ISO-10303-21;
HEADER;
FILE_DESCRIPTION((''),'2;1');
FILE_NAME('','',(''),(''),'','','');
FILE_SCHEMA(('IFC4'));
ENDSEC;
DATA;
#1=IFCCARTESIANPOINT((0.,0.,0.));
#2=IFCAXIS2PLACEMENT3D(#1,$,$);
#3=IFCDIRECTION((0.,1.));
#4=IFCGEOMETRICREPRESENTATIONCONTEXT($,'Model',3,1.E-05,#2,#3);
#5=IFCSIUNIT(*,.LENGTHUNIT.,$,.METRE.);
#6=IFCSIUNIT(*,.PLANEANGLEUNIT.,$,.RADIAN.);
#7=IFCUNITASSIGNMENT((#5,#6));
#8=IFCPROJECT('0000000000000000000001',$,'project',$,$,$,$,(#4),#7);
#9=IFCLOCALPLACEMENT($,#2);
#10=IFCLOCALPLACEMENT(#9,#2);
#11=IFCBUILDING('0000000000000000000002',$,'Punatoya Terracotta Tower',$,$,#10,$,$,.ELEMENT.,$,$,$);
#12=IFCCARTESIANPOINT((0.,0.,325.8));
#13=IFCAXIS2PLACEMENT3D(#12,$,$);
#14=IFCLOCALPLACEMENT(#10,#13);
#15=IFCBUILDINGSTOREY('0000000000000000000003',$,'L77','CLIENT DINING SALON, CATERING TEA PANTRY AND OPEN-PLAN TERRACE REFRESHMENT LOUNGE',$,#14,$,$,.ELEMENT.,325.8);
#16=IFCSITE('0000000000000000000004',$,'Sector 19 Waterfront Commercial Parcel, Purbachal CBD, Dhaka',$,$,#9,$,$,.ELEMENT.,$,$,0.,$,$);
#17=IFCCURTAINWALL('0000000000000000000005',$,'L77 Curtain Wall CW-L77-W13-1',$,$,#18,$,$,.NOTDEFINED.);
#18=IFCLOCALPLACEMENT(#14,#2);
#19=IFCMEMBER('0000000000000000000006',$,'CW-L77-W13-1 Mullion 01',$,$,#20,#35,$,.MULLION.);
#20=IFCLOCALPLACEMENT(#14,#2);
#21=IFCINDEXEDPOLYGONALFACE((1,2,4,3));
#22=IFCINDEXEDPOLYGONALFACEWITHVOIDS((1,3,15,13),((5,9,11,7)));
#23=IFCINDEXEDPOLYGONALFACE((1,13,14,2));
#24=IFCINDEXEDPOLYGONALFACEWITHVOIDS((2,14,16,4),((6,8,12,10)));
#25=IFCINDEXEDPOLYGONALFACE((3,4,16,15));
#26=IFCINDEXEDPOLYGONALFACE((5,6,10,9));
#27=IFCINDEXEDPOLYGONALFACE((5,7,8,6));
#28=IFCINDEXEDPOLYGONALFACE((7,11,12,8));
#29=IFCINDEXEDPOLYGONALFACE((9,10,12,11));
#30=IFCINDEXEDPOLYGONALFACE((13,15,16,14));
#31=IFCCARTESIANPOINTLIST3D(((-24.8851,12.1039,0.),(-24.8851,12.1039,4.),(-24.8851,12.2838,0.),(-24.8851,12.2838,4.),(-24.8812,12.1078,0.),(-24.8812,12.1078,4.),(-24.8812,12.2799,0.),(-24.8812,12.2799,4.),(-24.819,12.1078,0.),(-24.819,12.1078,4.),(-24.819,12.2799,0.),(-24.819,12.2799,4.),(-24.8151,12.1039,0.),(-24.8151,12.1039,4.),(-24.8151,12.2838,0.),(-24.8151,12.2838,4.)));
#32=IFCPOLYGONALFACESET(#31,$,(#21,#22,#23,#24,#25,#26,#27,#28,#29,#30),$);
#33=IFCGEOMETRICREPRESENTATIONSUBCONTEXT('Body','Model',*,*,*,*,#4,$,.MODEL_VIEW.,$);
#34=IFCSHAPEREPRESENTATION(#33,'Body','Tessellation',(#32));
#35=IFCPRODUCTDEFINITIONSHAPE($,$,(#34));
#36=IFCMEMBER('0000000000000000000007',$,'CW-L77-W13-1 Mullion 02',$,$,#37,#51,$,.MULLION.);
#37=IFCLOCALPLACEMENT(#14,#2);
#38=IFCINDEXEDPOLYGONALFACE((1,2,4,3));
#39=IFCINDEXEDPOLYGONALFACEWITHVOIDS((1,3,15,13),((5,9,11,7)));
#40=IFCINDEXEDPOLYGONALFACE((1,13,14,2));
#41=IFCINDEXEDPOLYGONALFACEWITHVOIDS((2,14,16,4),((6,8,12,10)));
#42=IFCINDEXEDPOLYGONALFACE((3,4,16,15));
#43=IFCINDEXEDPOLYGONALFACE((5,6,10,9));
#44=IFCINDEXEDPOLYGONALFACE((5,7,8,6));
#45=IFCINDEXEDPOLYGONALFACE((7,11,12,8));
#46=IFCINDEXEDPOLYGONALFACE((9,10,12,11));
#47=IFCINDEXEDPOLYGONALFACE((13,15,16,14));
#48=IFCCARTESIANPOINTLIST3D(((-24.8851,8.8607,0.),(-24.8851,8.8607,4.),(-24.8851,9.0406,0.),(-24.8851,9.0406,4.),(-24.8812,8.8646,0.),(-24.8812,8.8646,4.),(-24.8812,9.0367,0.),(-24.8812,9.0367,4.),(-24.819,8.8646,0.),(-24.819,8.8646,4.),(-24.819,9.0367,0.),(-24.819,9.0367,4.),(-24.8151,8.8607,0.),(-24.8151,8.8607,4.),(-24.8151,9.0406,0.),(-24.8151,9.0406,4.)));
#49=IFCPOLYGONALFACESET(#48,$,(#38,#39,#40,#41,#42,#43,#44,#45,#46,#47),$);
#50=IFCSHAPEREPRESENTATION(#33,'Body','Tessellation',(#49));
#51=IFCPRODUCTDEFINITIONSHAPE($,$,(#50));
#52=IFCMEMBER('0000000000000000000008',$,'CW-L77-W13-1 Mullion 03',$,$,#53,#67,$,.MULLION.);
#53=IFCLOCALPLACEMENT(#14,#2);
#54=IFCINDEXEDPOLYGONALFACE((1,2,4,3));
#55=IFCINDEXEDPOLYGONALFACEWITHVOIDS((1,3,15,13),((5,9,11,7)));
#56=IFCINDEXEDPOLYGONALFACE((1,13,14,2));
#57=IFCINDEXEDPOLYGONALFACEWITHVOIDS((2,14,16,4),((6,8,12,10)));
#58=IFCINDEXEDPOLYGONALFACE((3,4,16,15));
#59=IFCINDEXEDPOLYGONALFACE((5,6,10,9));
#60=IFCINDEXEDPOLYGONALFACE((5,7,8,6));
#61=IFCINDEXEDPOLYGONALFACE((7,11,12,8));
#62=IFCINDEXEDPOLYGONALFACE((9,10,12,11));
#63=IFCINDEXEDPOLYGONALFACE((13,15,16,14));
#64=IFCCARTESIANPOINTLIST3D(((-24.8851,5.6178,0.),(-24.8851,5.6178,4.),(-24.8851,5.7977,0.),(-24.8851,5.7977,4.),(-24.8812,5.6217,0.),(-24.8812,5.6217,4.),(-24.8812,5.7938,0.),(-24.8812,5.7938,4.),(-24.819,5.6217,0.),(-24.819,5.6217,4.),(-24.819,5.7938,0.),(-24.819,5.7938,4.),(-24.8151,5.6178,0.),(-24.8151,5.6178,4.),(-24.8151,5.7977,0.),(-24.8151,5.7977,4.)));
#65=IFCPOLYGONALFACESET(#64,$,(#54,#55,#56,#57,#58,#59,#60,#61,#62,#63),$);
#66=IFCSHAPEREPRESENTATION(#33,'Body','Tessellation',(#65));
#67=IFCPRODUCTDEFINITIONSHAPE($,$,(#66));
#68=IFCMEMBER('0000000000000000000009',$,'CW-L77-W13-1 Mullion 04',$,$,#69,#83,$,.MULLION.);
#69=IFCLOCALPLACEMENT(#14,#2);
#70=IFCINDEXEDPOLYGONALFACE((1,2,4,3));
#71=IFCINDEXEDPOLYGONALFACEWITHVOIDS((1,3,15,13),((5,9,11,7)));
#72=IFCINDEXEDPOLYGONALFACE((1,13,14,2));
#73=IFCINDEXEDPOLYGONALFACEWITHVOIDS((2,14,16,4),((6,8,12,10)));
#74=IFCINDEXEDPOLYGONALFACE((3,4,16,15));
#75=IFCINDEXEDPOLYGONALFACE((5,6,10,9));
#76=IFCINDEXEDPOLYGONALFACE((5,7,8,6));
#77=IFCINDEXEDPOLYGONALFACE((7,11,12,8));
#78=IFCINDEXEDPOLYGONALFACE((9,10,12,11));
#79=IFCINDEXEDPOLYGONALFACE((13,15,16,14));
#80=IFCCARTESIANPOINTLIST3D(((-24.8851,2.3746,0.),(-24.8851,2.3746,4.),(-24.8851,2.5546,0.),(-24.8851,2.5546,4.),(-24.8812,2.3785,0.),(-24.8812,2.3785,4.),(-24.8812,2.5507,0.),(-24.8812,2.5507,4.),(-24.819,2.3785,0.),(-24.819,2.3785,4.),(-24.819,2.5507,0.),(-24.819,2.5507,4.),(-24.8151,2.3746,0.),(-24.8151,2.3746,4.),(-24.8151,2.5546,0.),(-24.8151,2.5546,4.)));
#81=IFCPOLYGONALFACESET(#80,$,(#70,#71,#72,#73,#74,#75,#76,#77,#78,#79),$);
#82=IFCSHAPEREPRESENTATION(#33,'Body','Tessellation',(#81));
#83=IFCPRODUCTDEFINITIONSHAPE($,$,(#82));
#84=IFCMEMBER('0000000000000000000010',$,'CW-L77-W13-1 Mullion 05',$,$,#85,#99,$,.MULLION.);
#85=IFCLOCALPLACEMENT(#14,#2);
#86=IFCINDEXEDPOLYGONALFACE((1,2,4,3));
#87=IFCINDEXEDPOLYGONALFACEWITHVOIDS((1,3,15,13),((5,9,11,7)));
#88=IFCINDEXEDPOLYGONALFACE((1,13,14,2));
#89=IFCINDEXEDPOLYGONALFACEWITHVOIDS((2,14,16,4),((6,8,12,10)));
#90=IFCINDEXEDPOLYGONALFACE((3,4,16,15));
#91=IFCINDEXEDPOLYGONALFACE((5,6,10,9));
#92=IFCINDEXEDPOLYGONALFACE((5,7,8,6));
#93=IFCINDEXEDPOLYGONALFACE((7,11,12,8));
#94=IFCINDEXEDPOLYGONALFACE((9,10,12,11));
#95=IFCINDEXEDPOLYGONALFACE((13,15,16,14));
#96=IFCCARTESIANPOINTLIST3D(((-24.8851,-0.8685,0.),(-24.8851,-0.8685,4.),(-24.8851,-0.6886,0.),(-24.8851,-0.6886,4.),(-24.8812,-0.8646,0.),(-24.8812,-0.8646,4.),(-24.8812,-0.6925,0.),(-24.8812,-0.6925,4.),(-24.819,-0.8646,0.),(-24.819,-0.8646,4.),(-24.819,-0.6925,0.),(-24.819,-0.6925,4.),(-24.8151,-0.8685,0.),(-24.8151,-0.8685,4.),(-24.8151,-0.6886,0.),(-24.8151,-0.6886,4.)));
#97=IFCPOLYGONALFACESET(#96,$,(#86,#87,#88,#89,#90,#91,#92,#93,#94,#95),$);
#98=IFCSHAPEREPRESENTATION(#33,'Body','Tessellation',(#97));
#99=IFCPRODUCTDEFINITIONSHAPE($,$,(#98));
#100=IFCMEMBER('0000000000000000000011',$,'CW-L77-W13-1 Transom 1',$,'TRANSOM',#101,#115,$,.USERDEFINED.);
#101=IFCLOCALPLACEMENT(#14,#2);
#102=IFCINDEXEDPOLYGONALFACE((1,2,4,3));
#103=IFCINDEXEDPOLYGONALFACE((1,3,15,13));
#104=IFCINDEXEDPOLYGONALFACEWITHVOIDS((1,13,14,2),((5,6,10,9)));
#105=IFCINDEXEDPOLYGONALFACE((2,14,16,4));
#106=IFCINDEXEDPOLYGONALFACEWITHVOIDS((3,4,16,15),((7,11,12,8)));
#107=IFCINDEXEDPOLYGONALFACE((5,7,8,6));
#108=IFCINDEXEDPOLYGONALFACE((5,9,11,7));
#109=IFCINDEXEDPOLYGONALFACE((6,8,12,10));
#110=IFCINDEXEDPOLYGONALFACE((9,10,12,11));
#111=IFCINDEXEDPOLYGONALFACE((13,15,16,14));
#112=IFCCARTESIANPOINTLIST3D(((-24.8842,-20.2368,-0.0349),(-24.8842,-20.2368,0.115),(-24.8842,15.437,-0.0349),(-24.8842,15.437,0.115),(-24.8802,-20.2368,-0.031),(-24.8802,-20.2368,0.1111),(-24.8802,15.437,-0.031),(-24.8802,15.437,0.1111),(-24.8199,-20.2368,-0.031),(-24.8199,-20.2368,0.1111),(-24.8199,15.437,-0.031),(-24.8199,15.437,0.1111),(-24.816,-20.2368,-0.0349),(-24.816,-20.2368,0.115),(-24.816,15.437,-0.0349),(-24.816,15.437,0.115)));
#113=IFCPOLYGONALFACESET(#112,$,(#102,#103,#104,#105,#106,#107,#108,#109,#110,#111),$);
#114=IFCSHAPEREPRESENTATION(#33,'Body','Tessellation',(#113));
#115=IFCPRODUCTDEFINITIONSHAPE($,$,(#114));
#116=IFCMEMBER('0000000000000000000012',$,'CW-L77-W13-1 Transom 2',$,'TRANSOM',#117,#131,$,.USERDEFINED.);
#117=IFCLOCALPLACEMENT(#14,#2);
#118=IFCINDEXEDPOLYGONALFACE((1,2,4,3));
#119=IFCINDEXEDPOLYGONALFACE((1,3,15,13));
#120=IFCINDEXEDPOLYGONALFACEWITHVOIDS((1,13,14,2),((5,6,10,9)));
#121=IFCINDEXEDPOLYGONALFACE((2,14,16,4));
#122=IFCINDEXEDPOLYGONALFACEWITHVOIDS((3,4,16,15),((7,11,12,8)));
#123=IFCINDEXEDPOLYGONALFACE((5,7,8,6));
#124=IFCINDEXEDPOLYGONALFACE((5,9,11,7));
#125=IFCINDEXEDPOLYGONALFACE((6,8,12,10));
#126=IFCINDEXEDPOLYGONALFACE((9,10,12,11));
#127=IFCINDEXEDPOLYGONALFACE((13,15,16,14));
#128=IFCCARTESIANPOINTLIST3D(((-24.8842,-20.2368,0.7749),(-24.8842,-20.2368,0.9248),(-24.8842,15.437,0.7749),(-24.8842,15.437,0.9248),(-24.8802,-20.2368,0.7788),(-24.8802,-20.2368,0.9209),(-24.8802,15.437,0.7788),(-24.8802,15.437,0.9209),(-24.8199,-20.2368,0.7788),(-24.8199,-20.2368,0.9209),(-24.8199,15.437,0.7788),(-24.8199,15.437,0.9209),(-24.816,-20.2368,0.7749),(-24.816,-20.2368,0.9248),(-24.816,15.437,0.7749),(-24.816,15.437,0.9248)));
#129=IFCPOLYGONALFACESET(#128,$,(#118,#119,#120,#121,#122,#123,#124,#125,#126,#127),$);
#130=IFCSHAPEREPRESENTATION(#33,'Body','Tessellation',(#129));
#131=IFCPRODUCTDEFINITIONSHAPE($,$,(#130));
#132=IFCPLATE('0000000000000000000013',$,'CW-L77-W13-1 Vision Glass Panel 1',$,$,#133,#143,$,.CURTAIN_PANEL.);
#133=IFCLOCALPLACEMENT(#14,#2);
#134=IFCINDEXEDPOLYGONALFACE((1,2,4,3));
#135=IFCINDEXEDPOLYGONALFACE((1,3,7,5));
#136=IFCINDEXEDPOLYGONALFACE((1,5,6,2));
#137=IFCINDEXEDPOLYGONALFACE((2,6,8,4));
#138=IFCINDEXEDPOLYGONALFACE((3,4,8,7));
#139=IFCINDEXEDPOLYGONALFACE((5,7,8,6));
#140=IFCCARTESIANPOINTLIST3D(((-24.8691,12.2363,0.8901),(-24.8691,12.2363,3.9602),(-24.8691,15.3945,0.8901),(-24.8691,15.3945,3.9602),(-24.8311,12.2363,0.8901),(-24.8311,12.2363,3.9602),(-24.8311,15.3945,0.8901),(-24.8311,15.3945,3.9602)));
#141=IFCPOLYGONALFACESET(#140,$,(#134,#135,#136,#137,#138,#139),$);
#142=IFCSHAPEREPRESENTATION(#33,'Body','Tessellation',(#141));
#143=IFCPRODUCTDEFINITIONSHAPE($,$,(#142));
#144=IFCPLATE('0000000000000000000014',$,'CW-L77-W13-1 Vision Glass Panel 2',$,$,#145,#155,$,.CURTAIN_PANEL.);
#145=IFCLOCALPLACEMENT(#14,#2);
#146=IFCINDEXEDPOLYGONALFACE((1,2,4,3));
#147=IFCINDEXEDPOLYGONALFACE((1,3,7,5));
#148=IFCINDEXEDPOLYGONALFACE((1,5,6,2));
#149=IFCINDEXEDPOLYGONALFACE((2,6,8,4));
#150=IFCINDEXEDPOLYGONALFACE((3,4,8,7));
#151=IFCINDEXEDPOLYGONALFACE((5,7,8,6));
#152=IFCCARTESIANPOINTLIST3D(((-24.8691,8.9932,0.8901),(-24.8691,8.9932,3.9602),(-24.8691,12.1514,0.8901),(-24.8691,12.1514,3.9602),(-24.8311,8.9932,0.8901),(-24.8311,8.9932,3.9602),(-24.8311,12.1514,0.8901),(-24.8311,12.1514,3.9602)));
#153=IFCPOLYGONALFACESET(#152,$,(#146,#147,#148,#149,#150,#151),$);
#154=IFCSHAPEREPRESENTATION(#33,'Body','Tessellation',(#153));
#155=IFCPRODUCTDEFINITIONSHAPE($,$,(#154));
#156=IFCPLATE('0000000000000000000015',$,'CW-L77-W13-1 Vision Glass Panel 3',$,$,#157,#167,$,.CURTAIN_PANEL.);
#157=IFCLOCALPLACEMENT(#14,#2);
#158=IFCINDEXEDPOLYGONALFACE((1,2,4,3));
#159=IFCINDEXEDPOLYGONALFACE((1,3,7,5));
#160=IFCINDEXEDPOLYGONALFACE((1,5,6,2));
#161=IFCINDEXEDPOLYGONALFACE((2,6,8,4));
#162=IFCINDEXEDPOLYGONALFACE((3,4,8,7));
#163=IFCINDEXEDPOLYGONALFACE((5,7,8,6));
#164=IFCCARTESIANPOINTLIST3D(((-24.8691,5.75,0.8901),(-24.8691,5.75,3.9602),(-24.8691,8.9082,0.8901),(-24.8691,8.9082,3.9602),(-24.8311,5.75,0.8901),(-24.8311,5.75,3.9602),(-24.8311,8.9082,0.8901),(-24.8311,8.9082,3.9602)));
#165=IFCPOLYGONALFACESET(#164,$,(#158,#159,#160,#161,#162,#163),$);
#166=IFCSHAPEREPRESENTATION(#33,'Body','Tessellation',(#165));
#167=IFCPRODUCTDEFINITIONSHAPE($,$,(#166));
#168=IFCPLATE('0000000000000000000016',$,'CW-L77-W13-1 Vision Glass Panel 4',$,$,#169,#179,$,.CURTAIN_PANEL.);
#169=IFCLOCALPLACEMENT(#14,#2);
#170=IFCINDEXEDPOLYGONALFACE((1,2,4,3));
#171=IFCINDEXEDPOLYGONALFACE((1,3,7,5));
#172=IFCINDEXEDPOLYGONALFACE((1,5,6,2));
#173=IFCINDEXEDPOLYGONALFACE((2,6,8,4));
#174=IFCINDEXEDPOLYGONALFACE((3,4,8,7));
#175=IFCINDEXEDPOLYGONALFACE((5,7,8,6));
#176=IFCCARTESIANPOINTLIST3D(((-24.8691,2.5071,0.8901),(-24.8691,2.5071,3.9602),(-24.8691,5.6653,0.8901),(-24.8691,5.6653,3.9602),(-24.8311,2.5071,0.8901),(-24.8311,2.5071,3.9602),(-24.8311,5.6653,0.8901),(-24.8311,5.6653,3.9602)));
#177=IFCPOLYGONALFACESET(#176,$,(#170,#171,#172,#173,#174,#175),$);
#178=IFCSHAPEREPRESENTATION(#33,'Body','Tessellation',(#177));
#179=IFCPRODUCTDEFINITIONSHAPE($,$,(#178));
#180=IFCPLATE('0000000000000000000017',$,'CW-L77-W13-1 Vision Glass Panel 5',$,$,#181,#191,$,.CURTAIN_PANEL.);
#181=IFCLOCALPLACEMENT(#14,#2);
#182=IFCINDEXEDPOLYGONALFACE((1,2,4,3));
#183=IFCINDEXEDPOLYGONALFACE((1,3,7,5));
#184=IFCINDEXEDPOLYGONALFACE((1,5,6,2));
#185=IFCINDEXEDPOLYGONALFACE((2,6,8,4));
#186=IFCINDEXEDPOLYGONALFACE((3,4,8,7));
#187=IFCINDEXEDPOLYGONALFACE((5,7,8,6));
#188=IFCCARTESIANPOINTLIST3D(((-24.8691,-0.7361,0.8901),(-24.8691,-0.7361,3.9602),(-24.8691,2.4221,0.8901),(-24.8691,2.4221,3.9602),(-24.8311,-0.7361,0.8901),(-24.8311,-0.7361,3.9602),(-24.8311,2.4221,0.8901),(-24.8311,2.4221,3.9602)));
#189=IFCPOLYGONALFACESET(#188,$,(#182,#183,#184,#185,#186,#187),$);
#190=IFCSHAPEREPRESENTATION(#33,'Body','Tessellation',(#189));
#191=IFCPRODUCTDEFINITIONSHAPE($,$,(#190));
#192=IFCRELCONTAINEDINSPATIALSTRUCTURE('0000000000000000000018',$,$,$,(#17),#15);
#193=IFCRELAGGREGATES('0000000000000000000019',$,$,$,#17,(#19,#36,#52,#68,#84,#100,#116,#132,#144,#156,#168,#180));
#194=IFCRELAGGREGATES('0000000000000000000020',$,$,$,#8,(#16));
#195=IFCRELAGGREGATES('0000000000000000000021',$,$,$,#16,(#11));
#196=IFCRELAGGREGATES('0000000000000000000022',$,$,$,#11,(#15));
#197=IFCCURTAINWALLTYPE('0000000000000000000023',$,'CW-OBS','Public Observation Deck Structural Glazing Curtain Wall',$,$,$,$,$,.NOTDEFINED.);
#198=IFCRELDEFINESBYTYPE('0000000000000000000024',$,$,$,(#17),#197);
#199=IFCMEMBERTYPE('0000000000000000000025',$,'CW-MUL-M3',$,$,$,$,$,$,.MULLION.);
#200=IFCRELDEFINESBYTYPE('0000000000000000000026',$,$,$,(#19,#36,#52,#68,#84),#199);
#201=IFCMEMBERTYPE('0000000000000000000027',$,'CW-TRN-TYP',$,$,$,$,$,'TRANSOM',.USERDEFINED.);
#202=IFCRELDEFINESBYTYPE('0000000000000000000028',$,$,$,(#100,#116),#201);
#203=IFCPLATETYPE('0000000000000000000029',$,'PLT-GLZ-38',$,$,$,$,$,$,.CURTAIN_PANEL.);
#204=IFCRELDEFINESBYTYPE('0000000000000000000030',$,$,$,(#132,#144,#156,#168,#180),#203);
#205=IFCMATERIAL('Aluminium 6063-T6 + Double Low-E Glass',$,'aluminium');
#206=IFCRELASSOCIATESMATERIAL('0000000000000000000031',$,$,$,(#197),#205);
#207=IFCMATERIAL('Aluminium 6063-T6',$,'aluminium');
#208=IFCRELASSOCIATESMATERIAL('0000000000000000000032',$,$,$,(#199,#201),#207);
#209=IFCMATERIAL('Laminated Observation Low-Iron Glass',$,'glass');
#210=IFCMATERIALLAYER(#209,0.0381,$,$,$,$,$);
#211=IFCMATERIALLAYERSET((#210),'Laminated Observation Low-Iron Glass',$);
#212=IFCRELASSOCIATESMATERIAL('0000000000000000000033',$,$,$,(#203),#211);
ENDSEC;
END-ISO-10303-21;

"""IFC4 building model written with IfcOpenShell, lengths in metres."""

from ifc_helpers import new_model, si_unit, direction, frame, origin, origin_2d, place, context, subcontext, project, spatial, rectangle, hollow_rectangle, extrude, material, layer, layer_set, material_profile, profile_set, type_object, element, aggregate, save


model = new_model("IFC4")

# Units and contexts
model_context = context("Model", 3, precision=1e-05, world=origin(), true_north=direction((0.0, 1.0)))
body_context = subcontext(model_context, "Body", "Model", "MODEL_VIEW")
ifc_project = project(units=[si_unit("LENGTHUNIT", "METRE"), si_unit("PLANEANGLEUNIT", "RADIAN")], contexts=[model_context])

# Site, building, storey
site_placement = place(None, origin())
site = spatial("IfcSite", under=ifc_project, at=site_placement, Name="Sector 19 Waterfront Commercial Parcel, Purbachal CBD, Dhaka", CompositionType="ELEMENT", RefElevation=0.0)
building_placement = place(site_placement, origin())
building = spatial("IfcBuilding", under=site, at=building_placement, Name="Punatoya Terracotta Tower", CompositionType="ELEMENT")
storey_placement = place(building_placement, frame((0.0, 0.0, 325.8)))
storey = spatial("IfcBuildingStorey", under=building, at=storey_placement, Name="L77", Description="CLIENT DINING SALON, CATERING TEA PANTRY AND OPEN-PLAN TERRACE REFRESHMENT LOUNGE", CompositionType="ELEMENT", Elevation=325.8)

# Curtain wall, members, plates
ifc_material_1 = material(Name="Aluminium 6063-T6 + Double Low-E Glass", Category="aluminium")
curtain_wall_type = type_object("IfcCurtainWallType", Name="CW-OBS", Description="Public Observation Deck Structural Glazing Curtain Wall", PredefinedType="NOTDEFINED", material=ifc_material_1)
curtain_wall_placement = place(storey_placement, origin())
curtain_wall = element("IfcCurtainWall", 1, at=curtain_wall_placement, inside=storey, type_object=curtain_wall_type, Name="L77 Curtain Wall CW-L77-W13-1", PredefinedType="NOTDEFINED")
ifc_material_2 = material(Name="Aluminium 6063-T6", Category="aluminium")
ifc_material_profile_1 = material_profile(ifc_material_2, hollow_rectangle(XDim=0.0701, YDim=0.1799, WallThickness=0.0039, at=origin_2d()))
ifc_profile_set_1 = profile_set([ifc_material_profile_1], Name="Aluminium 6063-T6")
member_type_1 = type_object("IfcMemberType", Name="CW-MUL-M3", PredefinedType="MULLION", material=ifc_profile_set_1)
member_1_placement = place(storey_placement, frame((-24.8501, 12.1938, 0.0), z_axis=(0.0, 0.0, 1.0), x_axis=(1.0, 0.0, 0.0)))
member_1 = element("IfcMember", 2, at=member_1_placement, type_object=member_type_1, Name="CW-L77-W13-1 Mullion 01", PredefinedType="MULLION", context=body_context, shape_type="SweptSolid", body=[
    extrude(hollow_rectangle(XDim=0.0701, YDim=0.1799, WallThickness=0.0039, at=origin_2d()), origin(), (0.0, 0.0, 1.0), 4.0),
])
member_2_placement = place(storey_placement, frame((-24.8501, 8.9507, 0.0), z_axis=(0.0, 0.0, 1.0), x_axis=(1.0, 0.0, 0.0)))
member_2 = element("IfcMember", 3, at=member_2_placement, type_object=member_type_1, Name="CW-L77-W13-1 Mullion 02", PredefinedType="MULLION", context=body_context, shape_type="SweptSolid", body=[
    extrude(hollow_rectangle(XDim=0.0701, YDim=0.1799, WallThickness=0.0039, at=origin_2d()), origin(), (0.0, 0.0, 1.0), 4.0),
])
member_3_placement = place(storey_placement, frame((-24.8501, 5.7078, 0.0), z_axis=(0.0, 0.0, 1.0), x_axis=(1.0, 0.0, 0.0)))
member_3 = element("IfcMember", 4, at=member_3_placement, type_object=member_type_1, Name="CW-L77-W13-1 Mullion 03", PredefinedType="MULLION", context=body_context, shape_type="SweptSolid", body=[
    extrude(hollow_rectangle(XDim=0.0701, YDim=0.1799, WallThickness=0.0039, at=origin_2d()), origin(), (0.0, 0.0, 1.0), 4.0),
])
member_4_placement = place(storey_placement, frame((-24.8501, 2.4646, 0.0), z_axis=(0.0, 0.0, 1.0), x_axis=(1.0, 0.0, 0.0)))
member_4 = element("IfcMember", 5, at=member_4_placement, type_object=member_type_1, Name="CW-L77-W13-1 Mullion 04", PredefinedType="MULLION", context=body_context, shape_type="SweptSolid", body=[
    extrude(hollow_rectangle(XDim=0.0701, YDim=0.1799, WallThickness=0.0039, at=origin_2d()), origin(), (0.0, 0.0, 1.0), 4.0),
])
member_5_placement = place(storey_placement, frame((-24.8501, -0.7786, 0.0), z_axis=(0.0, 0.0, 1.0), x_axis=(1.0, 0.0, 0.0)))
member_5 = element("IfcMember", 6, at=member_5_placement, type_object=member_type_1, Name="CW-L77-W13-1 Mullion 05", PredefinedType="MULLION", context=body_context, shape_type="SweptSolid", body=[
    extrude(hollow_rectangle(XDim=0.0701, YDim=0.1799, WallThickness=0.0039, at=origin_2d()), origin(), (0.0, 0.0, 1.0), 4.0),
])
ifc_material_profile_2 = material_profile(ifc_material_2, hollow_rectangle(XDim=0.0681, YDim=0.1499, WallThickness=0.0039, at=origin_2d()))
ifc_profile_set_2 = profile_set([ifc_material_profile_2], Name="Aluminium 6063-T6")
member_type_2 = type_object("IfcMemberType", Name="CW-TRN-TYP", ElementType="TRANSOM", PredefinedType="USERDEFINED", material=ifc_profile_set_2)
member_6_placement = place(storey_placement, frame((-24.8501, 15.437, 0.04), z_axis=(0.0, -1.0, 0.0), x_axis=(1.0, 0.0, 0.0)))
member_6 = element("IfcMember", 7, at=member_6_placement, type_object=member_type_2, Name="CW-L77-W13-1 Transom 1", ObjectType="TRANSOM", PredefinedType="USERDEFINED", context=body_context, shape_type="SweptSolid", body=[
    extrude(hollow_rectangle(XDim=0.0681, YDim=0.1499, WallThickness=0.0039, at=origin_2d()), origin(), (0.0, 0.0, 1.0), 35.6738),
])
member_7_placement = place(storey_placement, frame((-24.8501, 15.437, 0.8499), z_axis=(0.0, -1.0, 0.0), x_axis=(1.0, 0.0, 0.0)))
member_7 = element("IfcMember", 8, at=member_7_placement, type_object=member_type_2, Name="CW-L77-W13-1 Transom 2", ObjectType="TRANSOM", PredefinedType="USERDEFINED", context=body_context, shape_type="SweptSolid", body=[
    extrude(hollow_rectangle(XDim=0.0681, YDim=0.1499, WallThickness=0.0039, at=origin_2d()), origin(), (0.0, 0.0, 1.0), 35.6738),
])
ifc_material_3 = material(Name="Laminated Observation Low-Iron Glass", Category="glass")
ifc_layer_1 = layer(ifc_material_3, 0.0381)
ifc_layer_set_1 = layer_set([ifc_layer_1], Name="Laminated Observation Low-Iron Glass")
plate_type_1 = type_object("IfcPlateType", Name="PLT-GLZ-38", PredefinedType="CURTAIN_PANEL", material=ifc_layer_set_1)
plate_1_placement = place(storey_placement, frame((-24.8501, 13.8154, 0.8901), z_axis=(0.0, 0.0, 1.0), x_axis=(0.0, -1.0, 0.0)))
plate_1 = element("IfcPlate", 9, at=plate_1_placement, type_object=plate_type_1, Name="CW-L77-W13-1 Vision Glass Panel 1", PredefinedType="CURTAIN_PANEL", context=body_context, shape_type="SweptSolid", body=[
    extrude(rectangle(XDim=3.1582, YDim=0.0381, at=origin_2d()), origin(), (0.0, 0.0, 1.0), 3.0701),
])
plate_2_placement = place(storey_placement, frame((-24.8501, 10.5723, 0.8901), z_axis=(0.0, 0.0, 1.0), x_axis=(0.0, -1.0, 0.0)))
plate_2 = element("IfcPlate", 10, at=plate_2_placement, type_object=plate_type_1, Name="CW-L77-W13-1 Vision Glass Panel 2", PredefinedType="CURTAIN_PANEL", context=body_context, shape_type="SweptSolid", body=[
    extrude(rectangle(XDim=3.1582, YDim=0.0381, at=origin_2d()), origin(), (0.0, 0.0, 1.0), 3.0701),
])
plate_3_placement = place(storey_placement, frame((-24.8501, 7.3291, 0.8901), z_axis=(0.0, 0.0, 1.0), x_axis=(0.0, -1.0, 0.0)))
plate_3 = element("IfcPlate", 11, at=plate_3_placement, type_object=plate_type_1, Name="CW-L77-W13-1 Vision Glass Panel 3", PredefinedType="CURTAIN_PANEL", context=body_context, shape_type="SweptSolid", body=[
    extrude(rectangle(XDim=3.1582, YDim=0.0381, at=origin_2d()), origin(), (0.0, 0.0, 1.0), 3.0701),
])
plate_4_placement = place(storey_placement, frame((-24.8501, 4.0862, 0.8901), z_axis=(0.0, 0.0, 1.0), x_axis=(0.0, -1.0, 0.0)))
plate_4 = element("IfcPlate", 12, at=plate_4_placement, type_object=plate_type_1, Name="CW-L77-W13-1 Vision Glass Panel 4", PredefinedType="CURTAIN_PANEL", context=body_context, shape_type="SweptSolid", body=[
    extrude(rectangle(XDim=3.1582, YDim=0.0381, at=origin_2d()), origin(), (0.0, 0.0, 1.0), 3.0701),
])
plate_5_placement = place(storey_placement, frame((-24.8501, 0.843, 0.8901), z_axis=(0.0, 0.0, 1.0), x_axis=(0.0, -1.0, 0.0)))
plate_5 = element("IfcPlate", 13, at=plate_5_placement, type_object=plate_type_1, Name="CW-L77-W13-1 Vision Glass Panel 5", PredefinedType="CURTAIN_PANEL", context=body_context, shape_type="SweptSolid", body=[
    extrude(rectangle(XDim=3.1582, YDim=0.0381, at=origin_2d()), origin(), (0.0, 0.0, 1.0), 3.0701),
])
aggregate(curtain_wall, [member_1, member_2, member_3, member_4, member_5, member_6, member_7, plate_1, plate_2, plate_3, plate_4, plate_5])

save(model, "model.ifc")
